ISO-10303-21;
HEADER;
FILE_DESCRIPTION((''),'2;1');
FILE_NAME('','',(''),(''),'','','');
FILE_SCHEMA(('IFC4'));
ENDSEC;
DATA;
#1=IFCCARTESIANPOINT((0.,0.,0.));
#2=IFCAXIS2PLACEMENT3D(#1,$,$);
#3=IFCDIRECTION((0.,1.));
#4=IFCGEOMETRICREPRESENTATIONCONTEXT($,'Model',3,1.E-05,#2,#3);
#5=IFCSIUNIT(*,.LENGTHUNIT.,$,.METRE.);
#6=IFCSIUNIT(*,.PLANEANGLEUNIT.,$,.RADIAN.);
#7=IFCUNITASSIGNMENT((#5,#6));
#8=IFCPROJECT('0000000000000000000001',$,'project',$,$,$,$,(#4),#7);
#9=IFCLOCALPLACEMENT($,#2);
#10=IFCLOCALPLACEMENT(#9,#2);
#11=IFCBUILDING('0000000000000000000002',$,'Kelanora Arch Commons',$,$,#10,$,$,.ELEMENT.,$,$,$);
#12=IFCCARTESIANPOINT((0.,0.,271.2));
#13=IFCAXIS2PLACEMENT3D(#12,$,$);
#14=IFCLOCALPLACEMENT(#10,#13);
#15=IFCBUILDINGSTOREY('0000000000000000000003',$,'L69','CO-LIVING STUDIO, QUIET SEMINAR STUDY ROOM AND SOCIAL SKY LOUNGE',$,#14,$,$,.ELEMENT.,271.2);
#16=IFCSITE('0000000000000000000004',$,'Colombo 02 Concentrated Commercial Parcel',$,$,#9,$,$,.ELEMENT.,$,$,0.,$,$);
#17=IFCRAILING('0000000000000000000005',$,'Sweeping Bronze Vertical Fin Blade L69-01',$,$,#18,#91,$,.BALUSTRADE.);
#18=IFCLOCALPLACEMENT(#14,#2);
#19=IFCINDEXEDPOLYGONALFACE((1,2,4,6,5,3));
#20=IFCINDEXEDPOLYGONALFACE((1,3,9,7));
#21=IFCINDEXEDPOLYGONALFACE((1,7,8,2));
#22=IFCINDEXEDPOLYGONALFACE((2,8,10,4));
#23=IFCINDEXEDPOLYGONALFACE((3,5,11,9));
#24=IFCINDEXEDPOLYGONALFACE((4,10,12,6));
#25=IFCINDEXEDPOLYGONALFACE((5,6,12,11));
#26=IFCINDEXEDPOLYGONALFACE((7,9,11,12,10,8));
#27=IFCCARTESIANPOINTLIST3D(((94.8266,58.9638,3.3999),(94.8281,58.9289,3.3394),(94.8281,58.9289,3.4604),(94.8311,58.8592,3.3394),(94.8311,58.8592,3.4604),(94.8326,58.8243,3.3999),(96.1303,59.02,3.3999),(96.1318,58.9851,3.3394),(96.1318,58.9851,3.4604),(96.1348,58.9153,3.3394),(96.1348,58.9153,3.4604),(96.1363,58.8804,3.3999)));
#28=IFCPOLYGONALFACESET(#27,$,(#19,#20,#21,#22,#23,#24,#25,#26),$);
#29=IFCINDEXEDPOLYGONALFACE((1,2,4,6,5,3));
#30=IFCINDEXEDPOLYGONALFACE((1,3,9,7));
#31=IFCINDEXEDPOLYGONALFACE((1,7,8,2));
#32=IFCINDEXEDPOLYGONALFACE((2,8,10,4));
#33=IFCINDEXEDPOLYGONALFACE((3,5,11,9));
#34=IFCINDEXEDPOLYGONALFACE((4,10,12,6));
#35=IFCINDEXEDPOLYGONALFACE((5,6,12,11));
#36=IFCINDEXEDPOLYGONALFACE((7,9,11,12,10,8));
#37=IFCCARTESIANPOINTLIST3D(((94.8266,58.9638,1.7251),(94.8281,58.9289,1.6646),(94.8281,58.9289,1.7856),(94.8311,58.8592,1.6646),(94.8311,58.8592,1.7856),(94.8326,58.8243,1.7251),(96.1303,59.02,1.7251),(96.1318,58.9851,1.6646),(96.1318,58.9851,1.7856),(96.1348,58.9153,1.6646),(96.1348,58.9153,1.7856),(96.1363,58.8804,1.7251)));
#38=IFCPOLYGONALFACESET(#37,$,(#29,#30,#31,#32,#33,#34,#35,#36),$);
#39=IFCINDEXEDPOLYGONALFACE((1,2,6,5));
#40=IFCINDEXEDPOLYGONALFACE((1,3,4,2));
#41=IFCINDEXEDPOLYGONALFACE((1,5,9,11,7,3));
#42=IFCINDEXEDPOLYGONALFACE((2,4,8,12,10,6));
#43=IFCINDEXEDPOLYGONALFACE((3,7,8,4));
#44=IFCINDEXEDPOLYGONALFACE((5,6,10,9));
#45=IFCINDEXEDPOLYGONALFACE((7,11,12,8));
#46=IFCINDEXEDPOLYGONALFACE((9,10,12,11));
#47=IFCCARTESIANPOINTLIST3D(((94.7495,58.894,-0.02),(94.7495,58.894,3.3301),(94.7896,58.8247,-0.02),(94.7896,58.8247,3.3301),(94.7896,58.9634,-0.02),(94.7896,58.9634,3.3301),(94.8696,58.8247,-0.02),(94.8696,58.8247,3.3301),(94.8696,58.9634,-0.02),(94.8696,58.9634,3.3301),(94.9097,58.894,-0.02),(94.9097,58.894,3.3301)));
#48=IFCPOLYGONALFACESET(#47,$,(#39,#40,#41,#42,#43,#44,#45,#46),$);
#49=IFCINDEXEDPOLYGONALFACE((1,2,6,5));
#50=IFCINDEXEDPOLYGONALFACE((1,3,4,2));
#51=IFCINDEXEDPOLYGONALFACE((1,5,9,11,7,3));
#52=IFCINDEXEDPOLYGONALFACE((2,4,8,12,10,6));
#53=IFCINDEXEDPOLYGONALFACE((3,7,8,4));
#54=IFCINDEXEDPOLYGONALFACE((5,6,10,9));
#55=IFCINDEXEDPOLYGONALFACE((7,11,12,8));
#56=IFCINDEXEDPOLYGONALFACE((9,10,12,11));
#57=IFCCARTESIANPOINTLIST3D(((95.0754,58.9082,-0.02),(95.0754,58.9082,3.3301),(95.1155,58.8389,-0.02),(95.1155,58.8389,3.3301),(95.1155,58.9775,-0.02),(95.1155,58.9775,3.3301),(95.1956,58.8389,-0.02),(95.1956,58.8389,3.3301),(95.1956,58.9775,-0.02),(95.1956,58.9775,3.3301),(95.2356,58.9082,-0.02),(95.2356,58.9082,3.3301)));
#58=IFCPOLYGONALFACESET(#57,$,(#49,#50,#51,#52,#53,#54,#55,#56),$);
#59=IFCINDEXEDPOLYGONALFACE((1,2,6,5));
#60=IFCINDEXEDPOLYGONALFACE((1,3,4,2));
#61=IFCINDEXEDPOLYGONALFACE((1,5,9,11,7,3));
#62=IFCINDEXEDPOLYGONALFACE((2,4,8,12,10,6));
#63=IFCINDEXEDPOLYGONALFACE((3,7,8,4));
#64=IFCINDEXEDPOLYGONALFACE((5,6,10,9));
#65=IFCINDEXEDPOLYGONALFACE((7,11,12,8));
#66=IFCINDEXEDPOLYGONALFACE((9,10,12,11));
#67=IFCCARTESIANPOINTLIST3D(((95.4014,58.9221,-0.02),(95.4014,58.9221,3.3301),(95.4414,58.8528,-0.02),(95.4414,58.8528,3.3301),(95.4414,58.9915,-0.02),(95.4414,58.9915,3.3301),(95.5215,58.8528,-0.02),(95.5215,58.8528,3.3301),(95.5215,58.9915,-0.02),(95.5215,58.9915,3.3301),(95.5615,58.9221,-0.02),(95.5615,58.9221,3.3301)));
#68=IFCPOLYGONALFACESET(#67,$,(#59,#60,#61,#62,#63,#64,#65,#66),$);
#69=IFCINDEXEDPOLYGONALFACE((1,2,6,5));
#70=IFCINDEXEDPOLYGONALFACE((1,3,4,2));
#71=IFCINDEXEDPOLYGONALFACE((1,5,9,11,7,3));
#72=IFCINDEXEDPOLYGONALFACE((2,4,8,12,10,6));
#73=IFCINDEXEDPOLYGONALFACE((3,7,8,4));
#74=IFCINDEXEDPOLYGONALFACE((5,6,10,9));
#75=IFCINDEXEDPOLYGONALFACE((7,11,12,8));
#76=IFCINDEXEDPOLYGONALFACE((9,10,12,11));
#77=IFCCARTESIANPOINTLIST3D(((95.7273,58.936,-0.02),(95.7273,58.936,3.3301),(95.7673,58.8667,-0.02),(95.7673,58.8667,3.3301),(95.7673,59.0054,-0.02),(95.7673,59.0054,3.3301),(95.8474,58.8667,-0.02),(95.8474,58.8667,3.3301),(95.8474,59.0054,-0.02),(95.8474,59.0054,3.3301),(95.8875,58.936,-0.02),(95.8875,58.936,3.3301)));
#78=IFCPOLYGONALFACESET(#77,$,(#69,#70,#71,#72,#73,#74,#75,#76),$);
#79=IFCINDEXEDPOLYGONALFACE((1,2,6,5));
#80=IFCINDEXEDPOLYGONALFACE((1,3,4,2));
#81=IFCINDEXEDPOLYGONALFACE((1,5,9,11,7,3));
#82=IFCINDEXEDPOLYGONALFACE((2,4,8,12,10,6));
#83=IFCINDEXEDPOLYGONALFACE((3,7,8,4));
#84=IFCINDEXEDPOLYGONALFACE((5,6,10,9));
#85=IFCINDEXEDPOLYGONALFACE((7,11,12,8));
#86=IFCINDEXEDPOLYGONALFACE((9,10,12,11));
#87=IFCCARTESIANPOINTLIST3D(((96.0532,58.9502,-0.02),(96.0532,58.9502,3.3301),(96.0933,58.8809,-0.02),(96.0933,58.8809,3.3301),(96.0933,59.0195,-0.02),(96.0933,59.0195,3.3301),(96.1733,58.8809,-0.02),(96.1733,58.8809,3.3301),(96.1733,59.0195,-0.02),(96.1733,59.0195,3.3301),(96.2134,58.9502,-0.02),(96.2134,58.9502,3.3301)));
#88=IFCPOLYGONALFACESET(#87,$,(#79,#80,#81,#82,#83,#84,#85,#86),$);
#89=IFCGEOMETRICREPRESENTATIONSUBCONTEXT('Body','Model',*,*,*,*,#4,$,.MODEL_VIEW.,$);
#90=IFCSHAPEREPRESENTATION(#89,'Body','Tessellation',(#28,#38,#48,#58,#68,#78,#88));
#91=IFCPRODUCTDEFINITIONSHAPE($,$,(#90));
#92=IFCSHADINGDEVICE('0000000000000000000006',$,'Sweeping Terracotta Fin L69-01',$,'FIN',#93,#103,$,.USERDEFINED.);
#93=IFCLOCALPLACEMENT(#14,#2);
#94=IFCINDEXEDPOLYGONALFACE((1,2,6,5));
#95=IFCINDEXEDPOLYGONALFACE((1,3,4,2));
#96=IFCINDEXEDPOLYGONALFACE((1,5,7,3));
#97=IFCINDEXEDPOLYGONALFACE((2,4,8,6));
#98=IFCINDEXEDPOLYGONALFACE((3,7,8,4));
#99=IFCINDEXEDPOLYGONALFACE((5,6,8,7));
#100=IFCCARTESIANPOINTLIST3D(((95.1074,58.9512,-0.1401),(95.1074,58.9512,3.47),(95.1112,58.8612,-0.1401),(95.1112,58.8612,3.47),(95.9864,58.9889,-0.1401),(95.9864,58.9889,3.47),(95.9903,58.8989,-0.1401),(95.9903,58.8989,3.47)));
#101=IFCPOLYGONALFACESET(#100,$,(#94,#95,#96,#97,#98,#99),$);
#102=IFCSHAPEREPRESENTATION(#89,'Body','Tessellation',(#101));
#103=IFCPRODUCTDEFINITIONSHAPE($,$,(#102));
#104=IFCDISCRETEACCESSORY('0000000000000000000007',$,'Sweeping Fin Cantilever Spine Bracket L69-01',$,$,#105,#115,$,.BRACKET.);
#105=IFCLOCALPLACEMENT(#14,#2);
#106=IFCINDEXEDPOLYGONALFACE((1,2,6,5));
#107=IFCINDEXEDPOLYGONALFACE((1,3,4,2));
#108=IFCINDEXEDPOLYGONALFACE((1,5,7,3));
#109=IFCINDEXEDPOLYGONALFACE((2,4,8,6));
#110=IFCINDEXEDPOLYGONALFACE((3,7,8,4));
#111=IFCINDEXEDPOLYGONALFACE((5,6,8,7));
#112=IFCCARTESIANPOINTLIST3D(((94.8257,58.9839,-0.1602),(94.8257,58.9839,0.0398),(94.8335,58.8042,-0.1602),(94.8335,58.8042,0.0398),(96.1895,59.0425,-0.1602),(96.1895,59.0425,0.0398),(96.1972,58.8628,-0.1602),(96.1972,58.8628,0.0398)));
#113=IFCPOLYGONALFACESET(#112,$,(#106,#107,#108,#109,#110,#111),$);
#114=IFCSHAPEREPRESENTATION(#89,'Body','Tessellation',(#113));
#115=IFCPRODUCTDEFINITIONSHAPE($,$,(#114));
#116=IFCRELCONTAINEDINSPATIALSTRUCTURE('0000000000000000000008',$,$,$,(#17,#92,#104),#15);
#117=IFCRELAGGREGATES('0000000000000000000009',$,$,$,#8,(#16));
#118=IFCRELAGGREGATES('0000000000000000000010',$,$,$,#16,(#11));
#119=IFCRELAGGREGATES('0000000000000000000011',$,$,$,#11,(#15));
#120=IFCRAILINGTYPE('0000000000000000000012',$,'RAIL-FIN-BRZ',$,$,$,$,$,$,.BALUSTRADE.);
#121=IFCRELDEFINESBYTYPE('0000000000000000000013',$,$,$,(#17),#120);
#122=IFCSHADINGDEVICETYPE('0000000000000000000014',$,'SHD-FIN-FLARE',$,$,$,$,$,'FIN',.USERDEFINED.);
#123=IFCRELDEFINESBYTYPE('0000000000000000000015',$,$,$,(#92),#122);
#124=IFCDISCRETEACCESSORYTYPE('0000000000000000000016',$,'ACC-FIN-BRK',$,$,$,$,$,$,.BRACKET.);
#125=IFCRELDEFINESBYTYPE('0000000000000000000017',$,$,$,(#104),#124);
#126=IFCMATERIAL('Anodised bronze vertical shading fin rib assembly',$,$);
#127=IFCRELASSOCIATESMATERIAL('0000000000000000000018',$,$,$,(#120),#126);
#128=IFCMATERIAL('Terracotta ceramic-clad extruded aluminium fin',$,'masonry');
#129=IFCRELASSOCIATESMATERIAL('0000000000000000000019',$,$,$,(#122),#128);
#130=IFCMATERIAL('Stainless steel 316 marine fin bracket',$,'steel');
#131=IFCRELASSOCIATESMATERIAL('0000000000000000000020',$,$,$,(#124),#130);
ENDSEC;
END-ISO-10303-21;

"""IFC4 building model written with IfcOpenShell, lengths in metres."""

from ifc_helpers import new_model, si_unit, direction, frame, origin, origin_2d, place, context, subcontext, project, spatial, polyline, rectangle, outline, extrude, source, transform, mapped, material, type_object, element, save


model = new_model("IFC4")

# Units and contexts
model_context = context("Model", 3, precision=1e-05, world=origin(), true_north=direction((0.0, 1.0)))
body_context = subcontext(model_context, "Body", "Model", "MODEL_VIEW")
ifc_project = project(units=[si_unit("LENGTHUNIT", "METRE"), si_unit("PLANEANGLEUNIT", "RADIAN")], contexts=[model_context])

# Site, building, storey
site_placement = place(None, origin())
site = spatial("IfcSite", under=ifc_project, at=site_placement, Name="Colombo 02 Concentrated Commercial Parcel", CompositionType="ELEMENT", RefElevation=0.0)
building_placement = place(site_placement, origin())
building = spatial("IfcBuilding", under=site, at=building_placement, Name="Kelanora Arch Commons", CompositionType="ELEMENT")
storey_placement = place(building_placement, frame((0.0, 0.0, 271.2)))
storey = spatial("IfcBuildingStorey", under=building, at=storey_placement, Name="L69", Description="CO-LIVING STUDIO, QUIET SEMINAR STUDY ROOM AND SOCIAL SKY LOUNGE", CompositionType="ELEMENT", Elevation=271.2)

# Railing
ifc_material_1 = material(Name="Anodised bronze vertical shading fin rib assembly")
railing_type = type_object("IfcRailingType", Name="RAIL-FIN-BRZ", PredefinedType="BALUSTRADE", material=ifc_material_1)
railing_placement = place(storey_placement, frame((94.8296, 58.894, -0.02)))
element("IfcRailing", 1, at=railing_placement, inside=storey, type_object=railing_type, Name="Sweeping Bronze Vertical Fin Blade L69-01", PredefinedType="BALUSTRADE", context=body_context, shape_type="SweptSolid", body=[
    extrude(outline(polyline([(0.0698, 0.0), (0.0349, 0.0605), (-0.0349, 0.0605), (-0.0698, 0.0), (-0.0349, -0.0605), (0.0349, -0.0605), (0.0698, 0.0)])), frame((0.0, 0.0, 3.4199), z_axis=(0.999074, 0.043031, 0.0), x_axis=(-0.043031, 0.999074, 0.0)), (0.0, 0.0, 1.0), 1.3049),
    extrude(outline(polyline([(0.0698, 0.0), (0.0349, 0.0605), (-0.0349, 0.0605), (-0.0698, 0.0), (-0.0349, -0.0605), (0.0349, -0.0605), (0.0698, 0.0)])), frame((0.0, 0.0, 1.7451), z_axis=(0.999074, 0.043031, 0.0), x_axis=(-0.043031, 0.999074, 0.0)), (0.0, 0.0, 1.0), 1.3049),
    extrude(outline(polyline([(0.0801, 0.0), (0.04, 0.0693), (-0.04, 0.0693), (-0.0801, 0.0), (-0.04, -0.0693), (0.04, -0.0693), (0.0801, 0.0)])), origin(), (0.0, 0.0, 1.0), 3.3501),
    extrude(outline(polyline([(0.0801, 0.0), (0.04, 0.0693), (-0.04, 0.0693), (-0.0801, 0.0), (-0.04, -0.0693), (0.04, -0.0693), (0.0801, 0.0)])), frame((0.3259, 0.0142, 0.0)), (0.0, 0.0, 1.0), 3.3501),
    extrude(outline(polyline([(0.0801, 0.0), (0.04, 0.0693), (-0.04, 0.0693), (-0.0801, 0.0), (-0.04, -0.0693), (0.04, -0.0693), (0.0801, 0.0)])), frame((0.6519, 0.0281, 0.0)), (0.0, 0.0, 1.0), 3.3501),
    extrude(outline(polyline([(0.0801, 0.0), (0.04, 0.0693), (-0.04, 0.0693), (-0.0801, 0.0), (-0.04, -0.0693), (0.04, -0.0693), (0.0801, 0.0)])), frame((0.9778, 0.042, 0.0)), (0.0, 0.0, 1.0), 3.3501),
    extrude(outline(polyline([(0.0801, 0.0), (0.04, 0.0693), (-0.04, 0.0693), (-0.0801, 0.0), (-0.04, -0.0693), (0.04, -0.0693), (0.0801, 0.0)])), frame((1.3037, 0.0562, 0.0)), (0.0, 0.0, 1.0), 3.3501),
])

# Shading device
ifc_material_2 = material(Name="Terracotta ceramic-clad extruded aluminium fin", Category="masonry")
shading_device_type = type_object("IfcShadingDeviceType", Name="SHD-FIN-FLARE", ElementType="FIN", PredefinedType="USERDEFINED", material=ifc_material_2)
shared_shape_1 = source(origin(), body_context, "Body", "SweptSolid", [
    extrude(rectangle(XDim=0.8799, YDim=0.0901, at=origin_2d()), origin(), (0.0, 0.0, 1.0), 3.6101),
])
shading_device_placement = place(storey_placement, frame((95.5488, 58.925, -0.1401), z_axis=(0.0, 0.0, 1.0), x_axis=(0.999078, 0.042922, 0.0)))
element("IfcShadingDevice", 2, at=shading_device_placement, inside=storey, type_object=shading_device_type, Name="Sweeping Terracotta Fin L69-01", ObjectType="FIN", PredefinedType="USERDEFINED", context=body_context, shape_type="MappedRepresentation", body=[
    mapped(shared_shape_1, transform((0.0, 0.0, 0.0), scale=1.0)),
])

# Discrete accessory
ifc_material_3 = material(Name="Stainless steel 316 marine fin bracket", Category="steel")
discrete_accessory_type = type_object("IfcDiscreteAccessoryType", Name="ACC-FIN-BRK", PredefinedType="BRACKET", material=ifc_material_3)
shared_shape_2 = source(origin(), body_context, "Body", "SweptSolid", [
    extrude(rectangle(XDim=1.365, YDim=0.1799, at=origin_2d()), origin(), (0.0, 0.0, 1.0), 0.2),
])
discrete_accessory_placement = place(storey_placement, frame((95.5115, 58.9233, -0.1602), z_axis=(0.0, 0.0, 1.0), x_axis=(0.999078, 0.042922, 0.0)))
element("IfcDiscreteAccessory", 3, at=discrete_accessory_placement, inside=storey, type_object=discrete_accessory_type, Name="Sweeping Fin Cantilever Spine Bracket L69-01", PredefinedType="BRACKET", context=body_context, shape_type="MappedRepresentation", body=[
    mapped(shared_shape_2, transform((0.0, 0.0, 0.0), scale=1.0)),
])

save(model, "model.ifc")
